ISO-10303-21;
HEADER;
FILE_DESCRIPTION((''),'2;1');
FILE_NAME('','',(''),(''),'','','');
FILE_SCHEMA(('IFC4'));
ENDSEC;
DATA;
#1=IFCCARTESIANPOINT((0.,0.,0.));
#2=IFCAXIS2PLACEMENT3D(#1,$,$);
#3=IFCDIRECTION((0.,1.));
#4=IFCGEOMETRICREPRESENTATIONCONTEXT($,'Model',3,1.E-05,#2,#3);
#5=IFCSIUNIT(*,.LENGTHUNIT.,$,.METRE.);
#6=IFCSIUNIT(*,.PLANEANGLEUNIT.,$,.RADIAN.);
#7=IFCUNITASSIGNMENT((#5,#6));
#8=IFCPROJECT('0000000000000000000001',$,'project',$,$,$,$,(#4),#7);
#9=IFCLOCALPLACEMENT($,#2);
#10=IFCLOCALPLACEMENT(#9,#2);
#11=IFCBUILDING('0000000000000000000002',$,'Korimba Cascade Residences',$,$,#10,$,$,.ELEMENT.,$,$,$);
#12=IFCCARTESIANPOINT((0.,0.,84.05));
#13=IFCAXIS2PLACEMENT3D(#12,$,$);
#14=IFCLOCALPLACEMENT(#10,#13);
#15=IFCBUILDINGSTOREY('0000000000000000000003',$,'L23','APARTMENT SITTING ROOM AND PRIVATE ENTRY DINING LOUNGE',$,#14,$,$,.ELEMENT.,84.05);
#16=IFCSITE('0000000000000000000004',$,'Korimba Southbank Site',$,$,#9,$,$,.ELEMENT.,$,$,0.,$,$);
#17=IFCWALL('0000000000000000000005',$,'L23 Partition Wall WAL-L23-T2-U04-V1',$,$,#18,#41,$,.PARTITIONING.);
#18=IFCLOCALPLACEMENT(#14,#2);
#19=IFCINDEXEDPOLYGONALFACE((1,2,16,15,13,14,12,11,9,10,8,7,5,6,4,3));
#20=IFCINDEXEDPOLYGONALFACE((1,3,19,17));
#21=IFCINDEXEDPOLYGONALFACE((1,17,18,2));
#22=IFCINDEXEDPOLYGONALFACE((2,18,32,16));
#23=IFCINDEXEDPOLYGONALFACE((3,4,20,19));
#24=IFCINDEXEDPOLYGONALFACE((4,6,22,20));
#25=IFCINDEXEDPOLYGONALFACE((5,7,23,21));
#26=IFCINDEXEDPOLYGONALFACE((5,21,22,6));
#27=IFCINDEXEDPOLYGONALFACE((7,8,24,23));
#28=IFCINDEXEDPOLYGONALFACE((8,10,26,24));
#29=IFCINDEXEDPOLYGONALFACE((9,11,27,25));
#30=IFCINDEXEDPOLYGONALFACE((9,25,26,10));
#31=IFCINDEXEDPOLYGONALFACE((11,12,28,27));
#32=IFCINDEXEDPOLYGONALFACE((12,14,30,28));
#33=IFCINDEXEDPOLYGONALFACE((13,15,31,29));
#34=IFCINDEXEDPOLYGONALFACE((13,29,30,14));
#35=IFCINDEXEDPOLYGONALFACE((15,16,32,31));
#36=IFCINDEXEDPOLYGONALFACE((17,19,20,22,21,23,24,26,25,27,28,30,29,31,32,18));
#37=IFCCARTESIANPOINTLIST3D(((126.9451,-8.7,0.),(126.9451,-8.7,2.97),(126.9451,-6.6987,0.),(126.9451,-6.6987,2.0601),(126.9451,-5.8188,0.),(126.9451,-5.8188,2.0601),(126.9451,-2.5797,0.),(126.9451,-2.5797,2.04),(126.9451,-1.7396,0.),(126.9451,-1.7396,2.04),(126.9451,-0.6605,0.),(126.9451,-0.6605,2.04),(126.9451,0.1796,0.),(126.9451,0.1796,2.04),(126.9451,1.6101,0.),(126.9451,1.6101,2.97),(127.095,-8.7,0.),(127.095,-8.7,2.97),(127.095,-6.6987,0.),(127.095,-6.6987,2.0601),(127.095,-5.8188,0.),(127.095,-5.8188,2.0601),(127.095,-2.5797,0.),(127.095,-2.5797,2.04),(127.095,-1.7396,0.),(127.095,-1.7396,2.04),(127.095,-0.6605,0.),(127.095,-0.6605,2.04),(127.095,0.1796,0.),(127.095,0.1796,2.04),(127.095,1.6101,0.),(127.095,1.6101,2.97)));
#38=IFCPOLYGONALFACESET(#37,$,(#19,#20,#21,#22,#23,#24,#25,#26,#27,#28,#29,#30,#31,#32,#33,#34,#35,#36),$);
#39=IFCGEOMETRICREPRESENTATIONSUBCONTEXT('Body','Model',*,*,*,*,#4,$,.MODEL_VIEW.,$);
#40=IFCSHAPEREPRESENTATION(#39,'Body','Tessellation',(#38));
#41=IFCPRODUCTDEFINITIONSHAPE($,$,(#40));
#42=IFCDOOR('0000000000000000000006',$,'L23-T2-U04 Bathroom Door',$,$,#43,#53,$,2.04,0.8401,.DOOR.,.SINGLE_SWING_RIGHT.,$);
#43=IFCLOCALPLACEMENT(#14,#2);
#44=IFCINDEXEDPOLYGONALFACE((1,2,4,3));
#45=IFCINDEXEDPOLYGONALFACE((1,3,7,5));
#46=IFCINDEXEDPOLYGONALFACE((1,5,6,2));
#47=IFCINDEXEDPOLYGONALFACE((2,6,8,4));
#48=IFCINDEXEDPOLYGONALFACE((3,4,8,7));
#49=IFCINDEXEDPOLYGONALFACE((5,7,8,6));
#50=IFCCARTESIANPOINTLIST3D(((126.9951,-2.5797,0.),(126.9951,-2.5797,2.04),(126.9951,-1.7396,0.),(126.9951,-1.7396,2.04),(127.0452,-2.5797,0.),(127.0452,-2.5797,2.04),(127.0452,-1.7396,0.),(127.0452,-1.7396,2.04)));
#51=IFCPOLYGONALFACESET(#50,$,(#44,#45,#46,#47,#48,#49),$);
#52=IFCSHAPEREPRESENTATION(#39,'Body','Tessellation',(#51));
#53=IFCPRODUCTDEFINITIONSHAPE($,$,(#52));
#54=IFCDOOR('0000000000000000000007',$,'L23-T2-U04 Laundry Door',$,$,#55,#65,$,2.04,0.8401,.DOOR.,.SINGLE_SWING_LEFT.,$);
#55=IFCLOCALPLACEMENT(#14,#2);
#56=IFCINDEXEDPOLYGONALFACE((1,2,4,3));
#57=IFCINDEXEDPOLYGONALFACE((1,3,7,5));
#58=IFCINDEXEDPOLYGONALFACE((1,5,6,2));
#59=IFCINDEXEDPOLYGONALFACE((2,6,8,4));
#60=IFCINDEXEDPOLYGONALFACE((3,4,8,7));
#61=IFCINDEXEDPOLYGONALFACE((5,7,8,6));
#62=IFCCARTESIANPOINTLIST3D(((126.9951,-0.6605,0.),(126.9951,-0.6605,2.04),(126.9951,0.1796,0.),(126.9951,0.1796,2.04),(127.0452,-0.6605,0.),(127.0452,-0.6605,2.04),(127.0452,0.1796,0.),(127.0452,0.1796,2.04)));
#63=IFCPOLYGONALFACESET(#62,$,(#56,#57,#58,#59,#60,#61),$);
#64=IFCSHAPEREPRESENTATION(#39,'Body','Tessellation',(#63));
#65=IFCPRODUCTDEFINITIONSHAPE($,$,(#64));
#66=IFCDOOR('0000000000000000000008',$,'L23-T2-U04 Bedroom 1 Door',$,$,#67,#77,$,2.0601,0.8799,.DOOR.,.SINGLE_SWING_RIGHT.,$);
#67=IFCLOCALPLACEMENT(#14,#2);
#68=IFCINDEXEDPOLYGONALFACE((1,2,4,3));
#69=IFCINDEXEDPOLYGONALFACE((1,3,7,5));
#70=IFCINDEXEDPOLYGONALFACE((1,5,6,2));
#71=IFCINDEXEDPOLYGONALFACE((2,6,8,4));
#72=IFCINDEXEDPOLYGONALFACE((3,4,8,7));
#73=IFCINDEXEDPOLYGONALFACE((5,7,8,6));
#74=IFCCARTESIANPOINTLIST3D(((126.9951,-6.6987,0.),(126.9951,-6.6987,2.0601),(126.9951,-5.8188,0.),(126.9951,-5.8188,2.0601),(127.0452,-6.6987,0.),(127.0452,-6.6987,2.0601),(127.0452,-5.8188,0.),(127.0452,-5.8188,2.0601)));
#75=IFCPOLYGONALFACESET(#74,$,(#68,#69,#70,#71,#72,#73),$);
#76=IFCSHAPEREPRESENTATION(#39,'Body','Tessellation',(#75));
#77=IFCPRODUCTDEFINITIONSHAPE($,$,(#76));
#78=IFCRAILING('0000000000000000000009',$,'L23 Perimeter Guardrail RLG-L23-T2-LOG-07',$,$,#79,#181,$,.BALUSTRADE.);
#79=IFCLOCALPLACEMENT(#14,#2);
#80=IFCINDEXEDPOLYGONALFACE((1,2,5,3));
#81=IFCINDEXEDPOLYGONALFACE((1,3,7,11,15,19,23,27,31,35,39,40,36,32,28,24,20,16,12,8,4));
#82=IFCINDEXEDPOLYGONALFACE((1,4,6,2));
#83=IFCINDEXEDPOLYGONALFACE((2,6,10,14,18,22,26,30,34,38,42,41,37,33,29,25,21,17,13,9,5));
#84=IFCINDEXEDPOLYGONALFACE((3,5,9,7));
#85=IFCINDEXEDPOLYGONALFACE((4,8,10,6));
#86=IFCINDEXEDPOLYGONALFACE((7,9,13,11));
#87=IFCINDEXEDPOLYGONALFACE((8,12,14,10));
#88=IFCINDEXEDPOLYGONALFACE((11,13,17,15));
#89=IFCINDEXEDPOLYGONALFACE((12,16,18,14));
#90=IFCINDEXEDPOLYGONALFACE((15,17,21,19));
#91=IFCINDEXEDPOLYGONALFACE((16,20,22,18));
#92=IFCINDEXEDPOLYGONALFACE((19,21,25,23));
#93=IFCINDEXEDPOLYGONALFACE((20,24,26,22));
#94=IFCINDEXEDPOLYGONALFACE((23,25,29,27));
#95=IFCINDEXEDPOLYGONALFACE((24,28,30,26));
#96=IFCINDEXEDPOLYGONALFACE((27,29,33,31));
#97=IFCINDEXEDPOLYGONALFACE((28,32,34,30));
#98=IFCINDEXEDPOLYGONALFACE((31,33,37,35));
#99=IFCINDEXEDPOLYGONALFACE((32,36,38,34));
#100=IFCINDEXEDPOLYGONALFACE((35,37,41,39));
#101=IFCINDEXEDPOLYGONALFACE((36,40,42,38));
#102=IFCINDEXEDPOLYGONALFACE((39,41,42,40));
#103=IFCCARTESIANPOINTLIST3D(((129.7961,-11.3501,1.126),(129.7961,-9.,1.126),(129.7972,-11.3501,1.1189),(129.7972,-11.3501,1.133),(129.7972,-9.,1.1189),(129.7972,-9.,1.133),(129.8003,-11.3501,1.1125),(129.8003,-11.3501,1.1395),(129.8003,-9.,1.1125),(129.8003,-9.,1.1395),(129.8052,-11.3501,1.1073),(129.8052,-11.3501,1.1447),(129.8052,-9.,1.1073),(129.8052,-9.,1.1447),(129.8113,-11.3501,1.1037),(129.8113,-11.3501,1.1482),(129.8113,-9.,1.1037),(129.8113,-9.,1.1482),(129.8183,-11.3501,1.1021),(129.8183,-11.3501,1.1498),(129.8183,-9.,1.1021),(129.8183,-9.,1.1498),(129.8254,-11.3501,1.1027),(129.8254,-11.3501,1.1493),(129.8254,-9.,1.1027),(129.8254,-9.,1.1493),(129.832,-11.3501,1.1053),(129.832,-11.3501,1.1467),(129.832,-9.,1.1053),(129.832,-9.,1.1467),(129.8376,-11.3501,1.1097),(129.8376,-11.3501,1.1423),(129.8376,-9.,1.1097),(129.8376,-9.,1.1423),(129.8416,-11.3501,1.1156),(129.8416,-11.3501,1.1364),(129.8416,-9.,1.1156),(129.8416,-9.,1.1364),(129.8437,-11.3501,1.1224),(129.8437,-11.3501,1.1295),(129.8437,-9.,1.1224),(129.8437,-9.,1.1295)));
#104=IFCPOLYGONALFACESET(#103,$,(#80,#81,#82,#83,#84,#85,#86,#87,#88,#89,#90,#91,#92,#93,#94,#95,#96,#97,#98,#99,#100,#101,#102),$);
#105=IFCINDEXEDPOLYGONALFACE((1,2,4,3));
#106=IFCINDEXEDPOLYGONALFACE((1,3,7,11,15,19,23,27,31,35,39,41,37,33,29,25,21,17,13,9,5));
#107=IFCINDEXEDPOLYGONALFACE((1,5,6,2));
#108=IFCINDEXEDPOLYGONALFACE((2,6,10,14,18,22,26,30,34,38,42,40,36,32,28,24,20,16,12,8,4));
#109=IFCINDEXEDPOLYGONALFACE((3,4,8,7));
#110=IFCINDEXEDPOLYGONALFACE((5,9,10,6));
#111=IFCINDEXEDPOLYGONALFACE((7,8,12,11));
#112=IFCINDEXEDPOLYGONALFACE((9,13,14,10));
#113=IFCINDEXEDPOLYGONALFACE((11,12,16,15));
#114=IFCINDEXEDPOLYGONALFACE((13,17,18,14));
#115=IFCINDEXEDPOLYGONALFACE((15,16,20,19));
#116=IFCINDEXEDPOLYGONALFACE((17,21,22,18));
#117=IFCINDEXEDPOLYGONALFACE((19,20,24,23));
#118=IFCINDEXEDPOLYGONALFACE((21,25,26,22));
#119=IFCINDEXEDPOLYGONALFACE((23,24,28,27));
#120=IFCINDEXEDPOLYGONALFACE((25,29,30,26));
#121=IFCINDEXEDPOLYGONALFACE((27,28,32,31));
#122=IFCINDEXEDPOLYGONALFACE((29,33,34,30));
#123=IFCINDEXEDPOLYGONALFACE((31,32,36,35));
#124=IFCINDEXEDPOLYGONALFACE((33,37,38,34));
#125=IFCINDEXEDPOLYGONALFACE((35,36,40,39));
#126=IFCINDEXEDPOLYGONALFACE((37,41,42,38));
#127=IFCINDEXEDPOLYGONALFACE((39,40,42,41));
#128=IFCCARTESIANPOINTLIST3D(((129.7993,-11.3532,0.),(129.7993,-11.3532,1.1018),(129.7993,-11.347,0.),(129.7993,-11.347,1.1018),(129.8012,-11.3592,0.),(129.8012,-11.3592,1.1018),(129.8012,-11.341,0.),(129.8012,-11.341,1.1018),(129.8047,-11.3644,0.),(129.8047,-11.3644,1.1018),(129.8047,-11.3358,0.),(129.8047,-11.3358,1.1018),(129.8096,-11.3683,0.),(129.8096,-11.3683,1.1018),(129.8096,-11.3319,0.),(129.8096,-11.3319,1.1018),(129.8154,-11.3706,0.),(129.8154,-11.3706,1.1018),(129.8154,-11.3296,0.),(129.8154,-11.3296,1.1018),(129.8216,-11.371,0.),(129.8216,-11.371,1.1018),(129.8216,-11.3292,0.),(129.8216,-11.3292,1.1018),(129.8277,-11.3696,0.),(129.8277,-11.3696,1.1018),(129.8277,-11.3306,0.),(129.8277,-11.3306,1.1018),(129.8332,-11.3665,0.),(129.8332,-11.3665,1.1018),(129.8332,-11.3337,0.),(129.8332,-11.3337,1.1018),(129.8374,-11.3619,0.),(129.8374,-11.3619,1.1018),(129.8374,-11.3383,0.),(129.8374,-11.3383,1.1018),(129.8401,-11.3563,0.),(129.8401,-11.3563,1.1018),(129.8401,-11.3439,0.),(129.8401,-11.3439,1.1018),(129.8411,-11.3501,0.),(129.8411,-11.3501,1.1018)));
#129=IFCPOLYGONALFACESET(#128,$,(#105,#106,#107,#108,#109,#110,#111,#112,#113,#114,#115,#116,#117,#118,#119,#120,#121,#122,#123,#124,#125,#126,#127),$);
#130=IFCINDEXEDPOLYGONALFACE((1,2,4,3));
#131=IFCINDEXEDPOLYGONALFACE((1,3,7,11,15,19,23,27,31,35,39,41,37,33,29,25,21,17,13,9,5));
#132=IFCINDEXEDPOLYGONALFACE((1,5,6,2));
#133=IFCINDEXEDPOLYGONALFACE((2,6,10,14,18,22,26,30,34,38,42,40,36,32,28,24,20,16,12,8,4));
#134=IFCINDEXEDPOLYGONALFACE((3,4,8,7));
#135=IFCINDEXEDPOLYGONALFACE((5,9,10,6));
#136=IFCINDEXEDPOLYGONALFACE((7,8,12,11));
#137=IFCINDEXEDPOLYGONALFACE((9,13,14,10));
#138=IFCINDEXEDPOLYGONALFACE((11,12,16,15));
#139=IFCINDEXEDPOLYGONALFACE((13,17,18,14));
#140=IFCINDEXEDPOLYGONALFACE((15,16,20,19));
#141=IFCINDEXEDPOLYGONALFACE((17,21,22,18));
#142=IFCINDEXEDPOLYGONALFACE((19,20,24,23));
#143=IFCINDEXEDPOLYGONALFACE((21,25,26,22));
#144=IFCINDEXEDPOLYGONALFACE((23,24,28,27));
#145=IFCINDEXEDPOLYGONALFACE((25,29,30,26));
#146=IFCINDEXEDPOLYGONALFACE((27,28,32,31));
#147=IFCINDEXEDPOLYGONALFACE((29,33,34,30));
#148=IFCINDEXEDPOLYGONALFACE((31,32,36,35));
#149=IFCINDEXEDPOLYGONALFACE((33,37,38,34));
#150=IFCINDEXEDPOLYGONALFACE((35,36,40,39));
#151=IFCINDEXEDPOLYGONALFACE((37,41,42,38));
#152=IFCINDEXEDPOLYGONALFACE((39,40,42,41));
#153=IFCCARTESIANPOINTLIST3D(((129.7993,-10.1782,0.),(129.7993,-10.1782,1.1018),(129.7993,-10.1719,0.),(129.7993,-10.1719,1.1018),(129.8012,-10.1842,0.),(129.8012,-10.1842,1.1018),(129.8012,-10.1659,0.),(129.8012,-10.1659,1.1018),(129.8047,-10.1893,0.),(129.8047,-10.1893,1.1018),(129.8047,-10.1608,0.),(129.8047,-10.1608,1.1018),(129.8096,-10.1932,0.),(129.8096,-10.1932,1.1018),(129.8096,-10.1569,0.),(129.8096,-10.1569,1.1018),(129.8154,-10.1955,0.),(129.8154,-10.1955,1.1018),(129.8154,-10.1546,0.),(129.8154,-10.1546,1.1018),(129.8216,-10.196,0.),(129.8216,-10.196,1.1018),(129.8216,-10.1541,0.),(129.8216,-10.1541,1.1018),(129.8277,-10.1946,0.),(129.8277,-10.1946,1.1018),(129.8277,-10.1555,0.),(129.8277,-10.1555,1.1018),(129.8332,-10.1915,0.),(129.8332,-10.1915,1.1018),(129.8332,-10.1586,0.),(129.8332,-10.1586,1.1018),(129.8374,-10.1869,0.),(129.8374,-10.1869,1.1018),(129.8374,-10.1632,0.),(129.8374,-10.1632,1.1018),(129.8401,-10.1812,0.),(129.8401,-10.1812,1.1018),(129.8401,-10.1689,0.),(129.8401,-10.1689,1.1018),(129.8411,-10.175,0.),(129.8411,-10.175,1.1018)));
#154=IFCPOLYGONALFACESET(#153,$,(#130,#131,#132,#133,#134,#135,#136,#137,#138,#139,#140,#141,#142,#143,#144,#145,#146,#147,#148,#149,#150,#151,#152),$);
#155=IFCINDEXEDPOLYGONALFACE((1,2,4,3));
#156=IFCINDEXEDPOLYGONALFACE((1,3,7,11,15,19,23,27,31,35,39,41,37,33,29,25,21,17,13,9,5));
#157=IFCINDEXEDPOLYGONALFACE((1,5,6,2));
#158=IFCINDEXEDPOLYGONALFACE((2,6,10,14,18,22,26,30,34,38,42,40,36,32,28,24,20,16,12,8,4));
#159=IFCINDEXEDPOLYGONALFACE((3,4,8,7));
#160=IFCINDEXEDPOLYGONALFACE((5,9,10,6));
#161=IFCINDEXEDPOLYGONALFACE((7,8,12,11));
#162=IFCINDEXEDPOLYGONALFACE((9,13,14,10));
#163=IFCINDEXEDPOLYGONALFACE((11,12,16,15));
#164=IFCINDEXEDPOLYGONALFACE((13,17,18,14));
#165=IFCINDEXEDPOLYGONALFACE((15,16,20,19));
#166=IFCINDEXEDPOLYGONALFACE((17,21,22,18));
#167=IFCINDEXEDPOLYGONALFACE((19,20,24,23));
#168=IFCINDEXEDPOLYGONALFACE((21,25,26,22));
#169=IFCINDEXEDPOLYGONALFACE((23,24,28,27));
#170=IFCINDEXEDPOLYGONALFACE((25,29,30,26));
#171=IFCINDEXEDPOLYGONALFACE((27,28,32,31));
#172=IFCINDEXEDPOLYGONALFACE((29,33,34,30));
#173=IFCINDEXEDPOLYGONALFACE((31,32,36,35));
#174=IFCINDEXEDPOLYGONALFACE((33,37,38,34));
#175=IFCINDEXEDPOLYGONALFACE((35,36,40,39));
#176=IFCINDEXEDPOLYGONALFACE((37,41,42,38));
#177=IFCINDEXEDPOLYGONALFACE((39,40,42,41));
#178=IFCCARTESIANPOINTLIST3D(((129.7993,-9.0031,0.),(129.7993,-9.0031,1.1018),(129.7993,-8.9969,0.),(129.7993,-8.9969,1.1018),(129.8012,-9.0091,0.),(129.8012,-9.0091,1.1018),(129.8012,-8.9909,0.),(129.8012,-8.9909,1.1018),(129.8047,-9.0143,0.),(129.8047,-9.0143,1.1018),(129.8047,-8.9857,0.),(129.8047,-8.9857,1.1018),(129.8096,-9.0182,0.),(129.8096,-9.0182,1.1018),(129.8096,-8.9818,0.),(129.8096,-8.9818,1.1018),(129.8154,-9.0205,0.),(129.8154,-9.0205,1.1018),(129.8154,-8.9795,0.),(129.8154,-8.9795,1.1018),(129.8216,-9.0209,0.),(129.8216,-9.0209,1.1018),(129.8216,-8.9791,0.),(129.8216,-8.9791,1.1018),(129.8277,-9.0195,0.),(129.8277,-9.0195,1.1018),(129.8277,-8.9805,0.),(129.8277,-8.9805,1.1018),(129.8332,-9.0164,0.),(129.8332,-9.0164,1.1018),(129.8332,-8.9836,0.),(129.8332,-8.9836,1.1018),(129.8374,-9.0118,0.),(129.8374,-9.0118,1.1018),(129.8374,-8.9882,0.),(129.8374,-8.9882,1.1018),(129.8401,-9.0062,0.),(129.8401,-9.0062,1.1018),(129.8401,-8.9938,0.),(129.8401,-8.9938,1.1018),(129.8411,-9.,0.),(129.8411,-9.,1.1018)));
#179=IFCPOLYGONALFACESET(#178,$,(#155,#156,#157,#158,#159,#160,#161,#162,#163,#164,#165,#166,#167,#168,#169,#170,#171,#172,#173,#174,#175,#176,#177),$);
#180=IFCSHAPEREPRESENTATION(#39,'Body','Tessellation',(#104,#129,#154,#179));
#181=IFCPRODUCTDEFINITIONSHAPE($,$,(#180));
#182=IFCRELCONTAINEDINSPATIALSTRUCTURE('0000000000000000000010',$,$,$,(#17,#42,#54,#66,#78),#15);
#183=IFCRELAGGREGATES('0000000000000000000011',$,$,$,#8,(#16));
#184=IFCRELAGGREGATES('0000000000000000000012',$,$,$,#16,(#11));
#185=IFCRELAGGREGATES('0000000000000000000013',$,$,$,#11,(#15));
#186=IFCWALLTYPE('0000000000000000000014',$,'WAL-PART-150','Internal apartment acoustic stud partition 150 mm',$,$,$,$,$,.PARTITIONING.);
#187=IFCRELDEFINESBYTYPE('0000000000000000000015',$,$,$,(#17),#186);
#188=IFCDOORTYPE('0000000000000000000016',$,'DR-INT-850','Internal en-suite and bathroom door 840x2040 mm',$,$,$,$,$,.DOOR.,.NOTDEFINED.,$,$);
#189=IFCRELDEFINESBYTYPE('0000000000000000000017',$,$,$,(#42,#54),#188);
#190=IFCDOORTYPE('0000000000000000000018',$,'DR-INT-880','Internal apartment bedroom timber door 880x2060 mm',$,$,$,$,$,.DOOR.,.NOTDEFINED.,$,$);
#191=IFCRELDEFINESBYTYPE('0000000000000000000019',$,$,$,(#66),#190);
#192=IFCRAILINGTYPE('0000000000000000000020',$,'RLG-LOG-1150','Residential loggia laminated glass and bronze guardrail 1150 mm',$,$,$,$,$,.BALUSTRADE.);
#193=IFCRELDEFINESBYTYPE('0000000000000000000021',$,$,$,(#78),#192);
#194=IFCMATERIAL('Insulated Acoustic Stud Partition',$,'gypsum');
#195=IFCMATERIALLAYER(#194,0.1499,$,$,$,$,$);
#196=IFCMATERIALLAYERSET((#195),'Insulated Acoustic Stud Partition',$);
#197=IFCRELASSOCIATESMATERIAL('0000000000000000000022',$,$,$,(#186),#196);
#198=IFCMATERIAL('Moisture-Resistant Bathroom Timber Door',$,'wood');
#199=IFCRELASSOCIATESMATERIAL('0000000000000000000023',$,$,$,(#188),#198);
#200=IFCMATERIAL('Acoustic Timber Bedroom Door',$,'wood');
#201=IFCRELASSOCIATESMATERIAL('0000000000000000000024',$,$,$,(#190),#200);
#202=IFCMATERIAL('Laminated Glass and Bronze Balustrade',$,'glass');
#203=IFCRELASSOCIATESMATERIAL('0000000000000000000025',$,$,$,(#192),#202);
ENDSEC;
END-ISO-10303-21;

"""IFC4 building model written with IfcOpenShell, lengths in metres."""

from ifc_helpers import new_model, si_unit, direction, frame, frame_2d, origin, origin_2d, place, context, subcontext, project, spatial, rectangle, circle, extrude, material, layer, layer_set, type_object, element, fill, save


model = new_model("IFC4")

# Units and contexts
model_context = context("Model", 3, precision=1e-05, world=origin(), true_north=direction((0.0, 1.0)))
body_context = subcontext(model_context, "Body", "Model", "MODEL_VIEW")
ifc_project = project(units=[si_unit("LENGTHUNIT", "METRE"), si_unit("PLANEANGLEUNIT", "RADIAN")], contexts=[model_context])

# Site, building, storey
site_placement = place(None, origin())
site = spatial("IfcSite", under=ifc_project, at=site_placement, Name="Korimba Southbank Site", CompositionType="ELEMENT", RefElevation=0.0)
building_placement = place(site_placement, origin())
building = spatial("IfcBuilding", under=site, at=building_placement, Name="Korimba Cascade Residences", CompositionType="ELEMENT")
storey_placement = place(building_placement, frame((0.0, 0.0, 84.05)))
storey = spatial("IfcBuildingStorey", under=building, at=storey_placement, Name="L23", Description="APARTMENT SITTING ROOM AND PRIVATE ENTRY DINING LOUNGE", CompositionType="ELEMENT", Elevation=84.05)

# Wall, openings, doors
ifc_material_1 = material(Name="Insulated Acoustic Stud Partition", Category="gypsum")
ifc_layer_1 = layer(ifc_material_1, 0.1499)
ifc_layer_set_1 = layer_set([ifc_layer_1], Name="Insulated Acoustic Stud Partition")
wall_type_1 = type_object("IfcWallType", Name="WAL-PART-150", Description="Internal apartment acoustic stud partition 150 mm", PredefinedType="PARTITIONING", material=ifc_layer_set_1)
wall_1_placement = place(storey_placement, frame((127.02, -8.7, 0.0), z_axis=(0.0, 0.0, 1.0), x_axis=(0.0, 1.0, 0.0)))
wall_1 = element("IfcWall", 1, at=wall_1_placement, inside=storey, type_object=wall_type_1, Name="L23 Partition Wall WAL-L23-T2-U04-V1", PredefinedType="PARTITIONING", context=body_context, shape_type="SweptSolid", body=[
    extrude(rectangle(XDim=10.3101, YDim=0.1499, at=frame_2d((5.155, 0.0))), origin(), (0.0, 0.0, 1.0), 2.97),
])
opening_1_placement = place(wall_1_placement, frame((6.1204, 0.0, 0.0)))
opening_1 = element("IfcOpeningElement", 2, at=opening_1_placement, cuts=wall_1, PredefinedType="OPENING", context=body_context, shape_type="SweptSolid", body=[
    extrude(rectangle(XDim=0.8401, YDim=2.04, at=frame_2d((0.4199, 1.02))), frame((0.0, 0.085, 0.0), z_axis=(0.0, -1.0, 0.0), x_axis=(1.0, 0.0, 0.0)), (0.0, 0.0, 1.0), 0.1699),
])
opening_2_placement = place(wall_1_placement, frame((8.0396, 0.0, 0.0)))
opening_2 = element("IfcOpeningElement", 3, at=opening_2_placement, cuts=wall_1, PredefinedType="OPENING", context=body_context, shape_type="SweptSolid", body=[
    extrude(rectangle(XDim=0.8401, YDim=2.04, at=frame_2d((0.4199, 1.02))), frame((0.0, 0.085, 0.0), z_axis=(0.0, -1.0, 0.0), x_axis=(1.0, 0.0, 0.0)), (0.0, 0.0, 1.0), 0.1699),
])
opening_3_placement = place(wall_1_placement, frame((2.0012, 0.0, 0.0)))
opening_3 = element("IfcOpeningElement", 4, at=opening_3_placement, cuts=wall_1, PredefinedType="OPENING", context=body_context, shape_type="SweptSolid", body=[
    extrude(rectangle(XDim=0.8799, YDim=2.0601, at=frame_2d((0.4399, 1.03))), frame((0.0, 0.085, 0.0), z_axis=(0.0, -1.0, 0.0), x_axis=(1.0, 0.0, 0.0)), (0.0, 0.0, 1.0), 0.1699),
])
ifc_material_2 = material(Name="Moisture-Resistant Bathroom Timber Door", Category="wood")
door_type_1 = type_object("IfcDoorType", Name="DR-INT-850", Description="Internal en-suite and bathroom door 840x2040 mm", OperationType="NOTDEFINED", PredefinedType="DOOR", material=ifc_material_2)
door_1_placement = place(opening_1_placement, origin())
door_1 = element("IfcDoor", 5, at=door_1_placement, inside=storey, type_object=door_type_1, Name="L23-T2-U04 Bathroom Door", OperationType="SINGLE_SWING_RIGHT", OverallHeight=2.04, OverallWidth=0.8401, PredefinedType="DOOR", context=body_context, shape_type="SweptSolid", body=[
    extrude(rectangle(XDim=0.8401, YDim=2.04, at=frame_2d((0.4199, 1.02))), frame((0.0, 0.0249, 0.0), z_axis=(0.0, -1.0, 0.0), x_axis=(1.0, 0.0, 0.0)), (0.0, 0.0, 1.0), 0.05),
])
fill(opening_1, door_1)
door_2_placement = place(opening_2_placement, origin())
door_2 = element("IfcDoor", 6, at=door_2_placement, inside=storey, type_object=door_type_1, Name="L23-T2-U04 Laundry Door", OperationType="SINGLE_SWING_LEFT", OverallHeight=2.04, OverallWidth=0.8401, PredefinedType="DOOR", context=body_context, shape_type="SweptSolid", body=[
    extrude(rectangle(XDim=0.8401, YDim=2.04, at=frame_2d((0.4199, 1.02))), frame((0.0, 0.0249, 0.0), z_axis=(0.0, -1.0, 0.0), x_axis=(1.0, 0.0, 0.0)), (0.0, 0.0, 1.0), 0.05),
])
fill(opening_2, door_2)
ifc_material_3 = material(Name="Acoustic Timber Bedroom Door", Category="wood")
door_type_2 = type_object("IfcDoorType", Name="DR-INT-880", Description="Internal apartment bedroom timber door 880x2060 mm", OperationType="NOTDEFINED", PredefinedType="DOOR", material=ifc_material_3)
door_3_placement = place(opening_3_placement, origin())
door_3 = element("IfcDoor", 7, at=door_3_placement, inside=storey, type_object=door_type_2, Name="L23-T2-U04 Bedroom 1 Door", OperationType="SINGLE_SWING_RIGHT", OverallHeight=2.0601, OverallWidth=0.8799, PredefinedType="DOOR", context=body_context, shape_type="SweptSolid", body=[
    extrude(rectangle(XDim=0.8799, YDim=2.0601, at=frame_2d((0.4399, 1.03))), frame((0.0, 0.0249, 0.0), z_axis=(0.0, -1.0, 0.0), x_axis=(1.0, 0.0, 0.0)), (0.0, 0.0, 1.0), 0.05),
])
fill(opening_3, door_3)

# Railing
ifc_material_4 = material(Name="Laminated Glass and Bronze Balustrade", Category="glass")
railing_type = type_object("IfcRailingType", Name="RLG-LOG-1150", Description="Residential loggia laminated glass and bronze guardrail 1150 mm", PredefinedType="BALUSTRADE", material=ifc_material_4)
railing_1_placement = place(storey_placement, frame((129.8201, -11.3501, 0.0)))
element("IfcRailing", 8, at=railing_1_placement, inside=storey, type_object=railing_type, Name="L23 Perimeter Guardrail RLG-L23-T2-LOG-07", PredefinedType="BALUSTRADE", context=body_context, shape_type="SweptSolid", body=[
    extrude(circle(Radius=0.0239, at=origin_2d()), frame((0.0, 0.0, 1.126), z_axis=(0.0, 1.0, 0.0), x_axis=(-1.0, 0.0, 0.0)), (0.0, 0.0, 1.0), 2.3501),
    extrude(circle(Radius=0.021, at=origin_2d()), origin(), (0.0, 0.0, 1.0), 1.1018),
    extrude(circle(Radius=0.021, at=origin_2d()), frame((0.0, 1.175, 0.0)), (0.0, 0.0, 1.0), 1.1018),
    extrude(circle(Radius=0.021, at=origin_2d()), frame((0.0, 2.3501, 0.0)), (0.0, 0.0, 1.0), 1.1018),
])

save(model, "model.ifc")
